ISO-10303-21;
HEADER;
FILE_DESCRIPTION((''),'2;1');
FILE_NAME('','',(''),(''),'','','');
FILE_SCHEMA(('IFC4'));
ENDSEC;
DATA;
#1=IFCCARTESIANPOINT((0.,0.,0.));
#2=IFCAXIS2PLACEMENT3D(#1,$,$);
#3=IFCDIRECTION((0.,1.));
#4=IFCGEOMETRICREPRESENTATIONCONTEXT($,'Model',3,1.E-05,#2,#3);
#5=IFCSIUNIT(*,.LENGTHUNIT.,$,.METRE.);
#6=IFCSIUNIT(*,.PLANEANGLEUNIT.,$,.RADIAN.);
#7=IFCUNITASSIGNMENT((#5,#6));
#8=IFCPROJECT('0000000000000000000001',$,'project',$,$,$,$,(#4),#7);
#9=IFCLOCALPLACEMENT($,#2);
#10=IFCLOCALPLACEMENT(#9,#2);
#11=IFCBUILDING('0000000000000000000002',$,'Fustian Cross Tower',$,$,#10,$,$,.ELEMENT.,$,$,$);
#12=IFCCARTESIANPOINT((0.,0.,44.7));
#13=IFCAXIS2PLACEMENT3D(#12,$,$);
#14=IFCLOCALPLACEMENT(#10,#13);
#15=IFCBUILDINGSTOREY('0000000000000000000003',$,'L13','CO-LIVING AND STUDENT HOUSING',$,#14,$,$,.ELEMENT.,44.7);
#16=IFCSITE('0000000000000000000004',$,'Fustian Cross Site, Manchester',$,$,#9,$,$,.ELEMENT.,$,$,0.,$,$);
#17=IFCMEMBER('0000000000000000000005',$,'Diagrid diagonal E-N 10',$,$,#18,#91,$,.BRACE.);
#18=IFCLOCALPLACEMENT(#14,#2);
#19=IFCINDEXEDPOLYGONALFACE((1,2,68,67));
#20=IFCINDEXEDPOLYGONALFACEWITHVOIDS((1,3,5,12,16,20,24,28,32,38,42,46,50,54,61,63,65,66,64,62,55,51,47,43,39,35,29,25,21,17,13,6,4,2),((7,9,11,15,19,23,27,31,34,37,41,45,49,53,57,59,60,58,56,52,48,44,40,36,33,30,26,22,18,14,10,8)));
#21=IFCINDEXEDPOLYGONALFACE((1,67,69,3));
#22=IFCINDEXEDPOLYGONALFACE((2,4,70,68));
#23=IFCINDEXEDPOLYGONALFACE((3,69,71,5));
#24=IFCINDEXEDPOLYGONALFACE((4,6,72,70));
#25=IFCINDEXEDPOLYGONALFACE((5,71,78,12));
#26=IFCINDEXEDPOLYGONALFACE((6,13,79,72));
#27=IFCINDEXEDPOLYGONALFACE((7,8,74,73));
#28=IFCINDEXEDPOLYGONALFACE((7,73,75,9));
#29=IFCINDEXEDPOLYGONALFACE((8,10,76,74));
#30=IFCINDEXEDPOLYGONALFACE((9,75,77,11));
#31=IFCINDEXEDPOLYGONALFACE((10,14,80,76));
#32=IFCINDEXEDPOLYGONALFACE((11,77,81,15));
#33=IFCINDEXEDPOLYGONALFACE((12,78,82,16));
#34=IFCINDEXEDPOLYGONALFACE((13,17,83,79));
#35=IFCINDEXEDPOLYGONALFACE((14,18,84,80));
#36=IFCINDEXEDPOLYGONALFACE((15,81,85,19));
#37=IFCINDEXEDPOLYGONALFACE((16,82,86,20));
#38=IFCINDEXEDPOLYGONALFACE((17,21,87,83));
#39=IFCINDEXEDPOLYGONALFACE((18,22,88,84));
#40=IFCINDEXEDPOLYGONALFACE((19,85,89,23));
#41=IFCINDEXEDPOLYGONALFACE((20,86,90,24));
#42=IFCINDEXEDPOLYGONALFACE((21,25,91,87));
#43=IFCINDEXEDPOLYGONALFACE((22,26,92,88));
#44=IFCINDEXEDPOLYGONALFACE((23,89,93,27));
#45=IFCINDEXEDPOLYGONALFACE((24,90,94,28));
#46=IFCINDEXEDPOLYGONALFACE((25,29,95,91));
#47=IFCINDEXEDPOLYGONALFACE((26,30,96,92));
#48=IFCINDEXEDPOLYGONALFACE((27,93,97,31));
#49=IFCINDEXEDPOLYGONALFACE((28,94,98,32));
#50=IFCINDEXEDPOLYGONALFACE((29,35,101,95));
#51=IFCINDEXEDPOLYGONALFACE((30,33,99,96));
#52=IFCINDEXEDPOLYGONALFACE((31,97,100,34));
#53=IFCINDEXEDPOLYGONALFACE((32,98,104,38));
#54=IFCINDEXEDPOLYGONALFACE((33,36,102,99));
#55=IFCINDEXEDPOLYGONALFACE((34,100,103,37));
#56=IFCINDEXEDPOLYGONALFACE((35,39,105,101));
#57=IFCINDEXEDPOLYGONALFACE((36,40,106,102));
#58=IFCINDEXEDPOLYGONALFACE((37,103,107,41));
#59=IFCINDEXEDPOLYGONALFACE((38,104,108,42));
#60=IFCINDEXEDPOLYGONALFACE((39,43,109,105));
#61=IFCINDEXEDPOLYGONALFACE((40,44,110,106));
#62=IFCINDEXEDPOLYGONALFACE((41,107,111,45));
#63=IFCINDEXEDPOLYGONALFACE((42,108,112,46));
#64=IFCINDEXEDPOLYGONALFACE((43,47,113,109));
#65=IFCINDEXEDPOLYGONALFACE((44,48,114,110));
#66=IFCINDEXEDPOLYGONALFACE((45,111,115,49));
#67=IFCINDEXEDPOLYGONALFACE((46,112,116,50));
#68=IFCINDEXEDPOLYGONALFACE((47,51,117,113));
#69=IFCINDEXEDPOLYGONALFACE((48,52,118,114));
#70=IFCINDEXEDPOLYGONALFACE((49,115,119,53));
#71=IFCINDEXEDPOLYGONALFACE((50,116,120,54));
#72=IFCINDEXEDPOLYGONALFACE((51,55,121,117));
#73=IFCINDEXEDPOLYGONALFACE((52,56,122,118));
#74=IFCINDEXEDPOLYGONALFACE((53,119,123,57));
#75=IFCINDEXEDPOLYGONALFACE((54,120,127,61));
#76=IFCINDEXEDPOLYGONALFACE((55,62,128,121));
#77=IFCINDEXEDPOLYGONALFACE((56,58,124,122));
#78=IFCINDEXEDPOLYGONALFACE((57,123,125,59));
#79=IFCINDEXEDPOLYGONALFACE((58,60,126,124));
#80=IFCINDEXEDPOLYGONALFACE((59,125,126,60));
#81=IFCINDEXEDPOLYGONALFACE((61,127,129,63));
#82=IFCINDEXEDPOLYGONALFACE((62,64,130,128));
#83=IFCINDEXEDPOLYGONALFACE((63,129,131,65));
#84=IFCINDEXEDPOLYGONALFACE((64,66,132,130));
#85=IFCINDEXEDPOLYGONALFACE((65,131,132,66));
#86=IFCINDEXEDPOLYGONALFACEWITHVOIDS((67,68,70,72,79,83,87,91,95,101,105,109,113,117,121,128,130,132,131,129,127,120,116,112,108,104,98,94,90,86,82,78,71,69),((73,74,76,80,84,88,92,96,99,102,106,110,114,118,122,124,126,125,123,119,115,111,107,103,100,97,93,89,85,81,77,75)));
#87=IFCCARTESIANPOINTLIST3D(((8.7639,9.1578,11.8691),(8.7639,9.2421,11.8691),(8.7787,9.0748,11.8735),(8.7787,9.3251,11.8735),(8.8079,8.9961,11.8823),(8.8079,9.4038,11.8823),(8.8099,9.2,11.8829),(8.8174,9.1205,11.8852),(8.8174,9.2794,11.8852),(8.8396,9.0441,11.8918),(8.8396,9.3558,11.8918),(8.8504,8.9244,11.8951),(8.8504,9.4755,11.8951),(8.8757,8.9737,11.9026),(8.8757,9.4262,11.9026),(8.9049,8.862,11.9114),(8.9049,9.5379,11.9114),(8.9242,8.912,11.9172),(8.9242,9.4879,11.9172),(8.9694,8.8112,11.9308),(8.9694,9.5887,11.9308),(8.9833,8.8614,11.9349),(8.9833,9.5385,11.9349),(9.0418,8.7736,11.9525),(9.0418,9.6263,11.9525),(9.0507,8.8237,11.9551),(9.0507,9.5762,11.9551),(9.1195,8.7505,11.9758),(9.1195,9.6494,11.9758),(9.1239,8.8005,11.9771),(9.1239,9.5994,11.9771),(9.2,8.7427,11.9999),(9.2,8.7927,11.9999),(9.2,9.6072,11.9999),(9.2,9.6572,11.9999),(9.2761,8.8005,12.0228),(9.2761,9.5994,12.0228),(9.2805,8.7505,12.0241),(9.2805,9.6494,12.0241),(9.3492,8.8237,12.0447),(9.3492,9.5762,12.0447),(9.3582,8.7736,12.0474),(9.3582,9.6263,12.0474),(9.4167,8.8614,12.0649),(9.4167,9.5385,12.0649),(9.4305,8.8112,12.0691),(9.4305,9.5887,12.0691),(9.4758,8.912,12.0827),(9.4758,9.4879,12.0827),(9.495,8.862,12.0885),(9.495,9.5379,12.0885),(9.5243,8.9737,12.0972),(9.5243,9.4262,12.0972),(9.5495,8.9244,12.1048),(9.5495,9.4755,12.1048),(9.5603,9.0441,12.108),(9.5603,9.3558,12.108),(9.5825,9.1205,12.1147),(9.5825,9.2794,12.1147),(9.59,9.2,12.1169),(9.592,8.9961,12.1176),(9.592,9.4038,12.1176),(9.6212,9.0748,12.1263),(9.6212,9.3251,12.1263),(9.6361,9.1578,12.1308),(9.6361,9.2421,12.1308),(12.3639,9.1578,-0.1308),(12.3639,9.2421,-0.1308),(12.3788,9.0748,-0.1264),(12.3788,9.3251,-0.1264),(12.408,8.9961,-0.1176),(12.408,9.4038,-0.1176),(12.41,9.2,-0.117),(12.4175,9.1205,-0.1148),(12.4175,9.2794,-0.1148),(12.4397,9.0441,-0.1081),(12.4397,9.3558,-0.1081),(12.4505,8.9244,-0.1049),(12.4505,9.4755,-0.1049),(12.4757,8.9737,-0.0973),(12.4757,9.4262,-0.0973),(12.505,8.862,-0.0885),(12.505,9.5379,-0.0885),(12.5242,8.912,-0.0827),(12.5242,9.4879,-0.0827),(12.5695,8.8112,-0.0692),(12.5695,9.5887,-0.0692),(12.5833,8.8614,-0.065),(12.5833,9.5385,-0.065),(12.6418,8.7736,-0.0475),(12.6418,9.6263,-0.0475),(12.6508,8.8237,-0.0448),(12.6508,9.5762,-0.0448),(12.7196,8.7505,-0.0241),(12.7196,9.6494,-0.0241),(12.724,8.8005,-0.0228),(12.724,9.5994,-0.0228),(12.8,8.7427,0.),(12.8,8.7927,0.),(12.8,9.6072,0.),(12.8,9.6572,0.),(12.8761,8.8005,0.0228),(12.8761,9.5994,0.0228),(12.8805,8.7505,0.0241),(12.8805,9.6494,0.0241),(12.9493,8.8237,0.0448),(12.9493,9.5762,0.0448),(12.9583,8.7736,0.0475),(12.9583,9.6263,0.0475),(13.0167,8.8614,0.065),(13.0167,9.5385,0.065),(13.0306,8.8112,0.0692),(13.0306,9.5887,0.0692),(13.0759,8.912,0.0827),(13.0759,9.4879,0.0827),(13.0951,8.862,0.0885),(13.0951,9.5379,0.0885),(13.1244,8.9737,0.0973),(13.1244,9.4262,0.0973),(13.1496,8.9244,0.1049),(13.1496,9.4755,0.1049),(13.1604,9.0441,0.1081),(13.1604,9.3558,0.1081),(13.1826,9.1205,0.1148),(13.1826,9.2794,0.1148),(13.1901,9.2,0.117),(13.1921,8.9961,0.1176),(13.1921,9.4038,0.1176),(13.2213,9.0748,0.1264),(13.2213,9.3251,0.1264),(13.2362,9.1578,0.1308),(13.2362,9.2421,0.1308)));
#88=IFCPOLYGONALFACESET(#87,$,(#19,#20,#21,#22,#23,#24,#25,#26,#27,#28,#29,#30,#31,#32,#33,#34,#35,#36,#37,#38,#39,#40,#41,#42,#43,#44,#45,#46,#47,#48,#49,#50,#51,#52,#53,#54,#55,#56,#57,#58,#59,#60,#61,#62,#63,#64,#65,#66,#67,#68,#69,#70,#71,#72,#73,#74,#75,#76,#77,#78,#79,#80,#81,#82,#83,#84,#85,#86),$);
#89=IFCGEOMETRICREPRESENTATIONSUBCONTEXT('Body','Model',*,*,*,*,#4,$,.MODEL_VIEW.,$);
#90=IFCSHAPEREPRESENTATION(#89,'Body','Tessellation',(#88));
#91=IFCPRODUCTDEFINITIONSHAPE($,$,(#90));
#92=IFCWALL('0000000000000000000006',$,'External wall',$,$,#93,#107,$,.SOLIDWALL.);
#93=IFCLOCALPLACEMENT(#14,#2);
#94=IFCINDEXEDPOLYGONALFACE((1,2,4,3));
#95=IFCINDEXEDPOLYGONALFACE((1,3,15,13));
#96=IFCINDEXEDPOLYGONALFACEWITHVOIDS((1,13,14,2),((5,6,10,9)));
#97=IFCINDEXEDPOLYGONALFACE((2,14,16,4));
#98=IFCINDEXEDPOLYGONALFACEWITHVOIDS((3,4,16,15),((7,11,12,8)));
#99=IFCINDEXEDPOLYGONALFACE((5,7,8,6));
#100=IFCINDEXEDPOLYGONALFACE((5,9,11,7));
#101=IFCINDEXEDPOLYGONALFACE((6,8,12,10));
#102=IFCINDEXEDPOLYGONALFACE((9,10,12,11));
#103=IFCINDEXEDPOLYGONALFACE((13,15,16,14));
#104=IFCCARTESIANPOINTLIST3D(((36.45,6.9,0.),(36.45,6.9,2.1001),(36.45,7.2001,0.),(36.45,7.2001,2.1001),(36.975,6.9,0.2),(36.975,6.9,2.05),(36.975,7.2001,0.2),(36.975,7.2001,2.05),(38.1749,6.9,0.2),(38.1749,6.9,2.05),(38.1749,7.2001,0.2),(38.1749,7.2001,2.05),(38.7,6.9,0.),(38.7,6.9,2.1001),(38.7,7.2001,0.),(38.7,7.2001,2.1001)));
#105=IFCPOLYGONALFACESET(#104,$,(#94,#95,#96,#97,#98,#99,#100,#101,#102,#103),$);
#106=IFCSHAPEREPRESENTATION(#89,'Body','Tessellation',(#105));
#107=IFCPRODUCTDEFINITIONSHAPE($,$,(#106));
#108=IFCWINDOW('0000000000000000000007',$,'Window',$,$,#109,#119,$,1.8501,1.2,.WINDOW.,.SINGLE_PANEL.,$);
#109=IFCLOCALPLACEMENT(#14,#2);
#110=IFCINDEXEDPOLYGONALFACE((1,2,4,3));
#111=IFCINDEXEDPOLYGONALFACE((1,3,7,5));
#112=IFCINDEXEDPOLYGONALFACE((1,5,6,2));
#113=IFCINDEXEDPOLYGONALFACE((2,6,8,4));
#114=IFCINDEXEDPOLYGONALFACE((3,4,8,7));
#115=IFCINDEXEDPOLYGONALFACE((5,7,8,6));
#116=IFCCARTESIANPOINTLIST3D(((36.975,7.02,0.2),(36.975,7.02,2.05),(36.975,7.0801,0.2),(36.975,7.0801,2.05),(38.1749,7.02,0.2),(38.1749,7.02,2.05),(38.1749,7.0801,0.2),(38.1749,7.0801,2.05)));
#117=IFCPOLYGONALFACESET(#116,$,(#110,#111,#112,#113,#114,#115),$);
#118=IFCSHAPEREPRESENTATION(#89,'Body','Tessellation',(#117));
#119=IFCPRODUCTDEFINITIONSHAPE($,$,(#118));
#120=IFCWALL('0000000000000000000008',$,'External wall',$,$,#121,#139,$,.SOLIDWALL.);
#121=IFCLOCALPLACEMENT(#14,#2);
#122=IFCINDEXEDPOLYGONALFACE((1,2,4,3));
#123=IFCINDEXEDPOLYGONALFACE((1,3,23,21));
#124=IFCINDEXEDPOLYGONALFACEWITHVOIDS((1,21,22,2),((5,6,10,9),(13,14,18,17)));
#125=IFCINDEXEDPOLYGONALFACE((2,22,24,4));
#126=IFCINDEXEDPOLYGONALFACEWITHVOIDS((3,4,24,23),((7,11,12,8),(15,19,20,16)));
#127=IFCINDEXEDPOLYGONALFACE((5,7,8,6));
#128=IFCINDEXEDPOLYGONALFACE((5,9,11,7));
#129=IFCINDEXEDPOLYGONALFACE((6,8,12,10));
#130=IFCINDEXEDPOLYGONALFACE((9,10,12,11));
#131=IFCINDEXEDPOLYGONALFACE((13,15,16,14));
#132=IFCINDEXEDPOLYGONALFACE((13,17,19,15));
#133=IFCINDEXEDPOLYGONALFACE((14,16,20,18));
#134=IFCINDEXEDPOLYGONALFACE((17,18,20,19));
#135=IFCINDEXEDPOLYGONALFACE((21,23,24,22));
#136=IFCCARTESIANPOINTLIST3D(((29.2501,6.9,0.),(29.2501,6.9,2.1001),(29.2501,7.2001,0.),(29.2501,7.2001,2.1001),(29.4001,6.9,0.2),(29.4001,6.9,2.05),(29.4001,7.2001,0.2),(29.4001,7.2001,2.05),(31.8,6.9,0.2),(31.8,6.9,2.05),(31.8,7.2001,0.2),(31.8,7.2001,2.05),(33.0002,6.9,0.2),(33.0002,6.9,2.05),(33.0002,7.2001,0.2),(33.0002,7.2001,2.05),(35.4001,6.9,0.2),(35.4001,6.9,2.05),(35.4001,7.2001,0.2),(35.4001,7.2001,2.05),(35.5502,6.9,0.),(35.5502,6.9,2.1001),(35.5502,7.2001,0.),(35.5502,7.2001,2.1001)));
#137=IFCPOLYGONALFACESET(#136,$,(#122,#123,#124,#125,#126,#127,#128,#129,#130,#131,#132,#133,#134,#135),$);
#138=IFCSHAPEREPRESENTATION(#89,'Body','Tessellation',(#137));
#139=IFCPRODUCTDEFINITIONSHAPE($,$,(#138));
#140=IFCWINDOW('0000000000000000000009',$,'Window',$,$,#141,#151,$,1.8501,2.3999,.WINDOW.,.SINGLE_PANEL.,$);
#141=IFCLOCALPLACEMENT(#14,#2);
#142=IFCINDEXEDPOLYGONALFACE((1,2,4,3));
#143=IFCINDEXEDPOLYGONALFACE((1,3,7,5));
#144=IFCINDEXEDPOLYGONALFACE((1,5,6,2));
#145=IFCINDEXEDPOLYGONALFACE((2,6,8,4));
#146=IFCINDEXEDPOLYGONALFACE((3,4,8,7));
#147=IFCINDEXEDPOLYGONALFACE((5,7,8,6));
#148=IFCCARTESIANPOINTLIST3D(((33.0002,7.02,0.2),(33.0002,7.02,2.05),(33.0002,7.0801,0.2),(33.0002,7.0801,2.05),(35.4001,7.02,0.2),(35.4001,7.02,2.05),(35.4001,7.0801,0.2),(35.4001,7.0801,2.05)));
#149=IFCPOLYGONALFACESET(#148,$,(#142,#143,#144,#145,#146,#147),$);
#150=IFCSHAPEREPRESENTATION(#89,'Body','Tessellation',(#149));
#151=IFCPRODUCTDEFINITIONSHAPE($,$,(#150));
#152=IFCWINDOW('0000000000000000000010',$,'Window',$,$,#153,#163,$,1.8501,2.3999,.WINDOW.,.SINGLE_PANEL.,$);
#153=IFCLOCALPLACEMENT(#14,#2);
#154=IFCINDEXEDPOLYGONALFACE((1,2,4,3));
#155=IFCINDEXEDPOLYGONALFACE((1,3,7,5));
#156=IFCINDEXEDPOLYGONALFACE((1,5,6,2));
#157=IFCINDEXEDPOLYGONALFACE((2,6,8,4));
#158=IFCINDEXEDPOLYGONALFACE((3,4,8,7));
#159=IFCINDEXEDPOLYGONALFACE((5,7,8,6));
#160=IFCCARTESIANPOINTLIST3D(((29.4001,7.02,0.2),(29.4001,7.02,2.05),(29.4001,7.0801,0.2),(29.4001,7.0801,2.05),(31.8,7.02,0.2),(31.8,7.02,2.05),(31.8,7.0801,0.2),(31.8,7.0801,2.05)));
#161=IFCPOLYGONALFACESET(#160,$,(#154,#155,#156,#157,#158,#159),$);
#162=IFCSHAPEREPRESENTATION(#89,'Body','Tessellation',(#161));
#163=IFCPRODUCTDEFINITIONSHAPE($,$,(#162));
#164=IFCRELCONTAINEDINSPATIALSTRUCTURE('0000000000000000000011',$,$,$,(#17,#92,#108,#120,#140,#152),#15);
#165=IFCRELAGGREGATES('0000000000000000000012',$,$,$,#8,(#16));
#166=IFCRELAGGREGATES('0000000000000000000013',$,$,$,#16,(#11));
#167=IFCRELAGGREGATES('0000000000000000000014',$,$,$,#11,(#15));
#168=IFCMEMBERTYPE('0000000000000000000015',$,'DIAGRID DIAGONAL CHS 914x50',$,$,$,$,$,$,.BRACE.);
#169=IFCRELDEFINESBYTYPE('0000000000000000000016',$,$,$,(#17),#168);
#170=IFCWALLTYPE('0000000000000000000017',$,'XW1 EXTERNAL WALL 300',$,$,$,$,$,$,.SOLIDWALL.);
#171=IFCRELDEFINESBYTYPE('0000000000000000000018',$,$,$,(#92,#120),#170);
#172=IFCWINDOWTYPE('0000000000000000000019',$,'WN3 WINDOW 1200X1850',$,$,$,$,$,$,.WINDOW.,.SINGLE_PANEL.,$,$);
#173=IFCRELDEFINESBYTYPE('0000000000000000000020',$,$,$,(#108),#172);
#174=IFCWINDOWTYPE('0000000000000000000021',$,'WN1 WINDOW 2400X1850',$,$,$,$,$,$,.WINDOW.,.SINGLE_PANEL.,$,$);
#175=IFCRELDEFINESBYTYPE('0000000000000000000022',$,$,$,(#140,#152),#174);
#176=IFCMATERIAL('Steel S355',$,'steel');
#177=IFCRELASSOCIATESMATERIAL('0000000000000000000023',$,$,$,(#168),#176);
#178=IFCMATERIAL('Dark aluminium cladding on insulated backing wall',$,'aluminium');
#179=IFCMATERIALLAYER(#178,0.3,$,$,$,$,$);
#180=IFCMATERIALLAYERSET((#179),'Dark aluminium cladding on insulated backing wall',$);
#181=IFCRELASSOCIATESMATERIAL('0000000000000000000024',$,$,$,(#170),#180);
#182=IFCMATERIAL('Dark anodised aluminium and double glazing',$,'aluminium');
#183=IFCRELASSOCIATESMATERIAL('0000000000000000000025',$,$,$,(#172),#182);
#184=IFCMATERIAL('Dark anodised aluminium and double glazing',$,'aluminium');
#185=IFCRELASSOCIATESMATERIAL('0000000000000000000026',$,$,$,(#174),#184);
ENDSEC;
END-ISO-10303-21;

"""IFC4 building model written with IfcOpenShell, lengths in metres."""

from ifc_helpers import new_model, si_unit, direction, frame, frame_2d, origin, origin_2d, place, context, subcontext, project, spatial, rectangle, hollow_circle, extrude, material, layer, layer_set, material_profile, profile_set, type_object, element, fill, save


model = new_model("IFC4")

# Units and contexts
model_context = context("Model", 3, precision=1e-05, world=origin(), true_north=direction((0.0, 1.0)))
body_context = subcontext(model_context, "Body", "Model", "MODEL_VIEW")
ifc_project = project(units=[si_unit("LENGTHUNIT", "METRE"), si_unit("PLANEANGLEUNIT", "RADIAN")], contexts=[model_context])

# Site, building, storey
site_placement = place(None, origin())
site = spatial("IfcSite", under=ifc_project, at=site_placement, Name="Fustian Cross Site, Manchester", CompositionType="ELEMENT", RefElevation=0.0)
building_placement = place(site_placement, origin())
building = spatial("IfcBuilding", under=site, at=building_placement, Name="Fustian Cross Tower", CompositionType="ELEMENT")
storey_placement = place(building_placement, frame((0.0, 0.0, 44.7)))
storey = spatial("IfcBuildingStorey", under=building, at=storey_placement, Name="L13", Description="CO-LIVING AND STUDENT HOUSING", CompositionType="ELEMENT", Elevation=44.7)

# Member
ifc_material_1 = material(Name="Steel S355", Category="steel")
ifc_material_profile_1 = material_profile(ifc_material_1, hollow_circle(Radius=0.4573, WallThickness=0.05, at=origin_2d()), Name="CHS 914x50")
ifc_profile_set_1 = profile_set([ifc_material_profile_1], Name="Steel S355")
member_type_1 = type_object("IfcMemberType", Name="DIAGRID DIAGONAL CHS 914x50", PredefinedType="BRACE", material=ifc_profile_set_1)
for number, where, z_axis, x_axis, name in (
    (1, (12.8, 9.2, 0.0), (-0.287355, 0.0, 0.957824), (0.0, -1.0, 0.0), "Diagrid diagonal E-N 10"),
):
    element("IfcMember", number, at=place(storey_placement, frame(where, z_axis=z_axis, x_axis=x_axis)), inside=storey, type_object=member_type_1, Name=name, PredefinedType="BRACE", context=body_context, shape_type="SweptSolid", body=[
        extrude(hollow_circle(Radius=0.4573, WallThickness=0.05, at=origin_2d()), origin(), (0.0, 0.0, 1.0), 12.5283),
    ])

# Wall, opening, window
ifc_material_2 = material(Name="Dark aluminium cladding on insulated backing wall", Category="aluminium")
ifc_layer = layer(ifc_material_2, 0.3)
ifc_layer_set = layer_set([ifc_layer], Name="Dark aluminium cladding on insulated backing wall")
wall_type = type_object("IfcWallType", Name="XW1 EXTERNAL WALL 300", PredefinedType="SOLIDWALL", material=ifc_layer_set)
wall_1_placement = place(storey_placement, frame((38.7, 7.05, 0.0), z_axis=(0.0, 0.0, 1.0), x_axis=(-1.0, 0.0, 0.0)))
wall_1 = element("IfcWall", 2, at=wall_1_placement, inside=storey, type_object=wall_type, Name="External wall", PredefinedType="SOLIDWALL", context=body_context, shape_type="SweptSolid", body=[
    extrude(rectangle(XDim=2.25, YDim=0.3, at=frame_2d((1.125, 0.0))), origin(), (0.0, 0.0, 1.0), 2.1001),
])
opening_1_placement = place(wall_1_placement, frame((0.5249, 0.0, 0.2)))
opening_1 = element("IfcOpeningElement", 3, at=opening_1_placement, cuts=wall_1, PredefinedType="OPENING", context=body_context, shape_type="SweptSolid", body=[
    extrude(rectangle(XDim=1.2, YDim=1.8501, at=frame_2d((0.6001, 0.925))), frame((0.0, 0.1599, 0.0), z_axis=(0.0, -1.0, 0.0), x_axis=(1.0, 0.0, 0.0)), (0.0, 0.0, 1.0), 0.3201),
])
ifc_material_3 = material(Name="Dark anodised aluminium and double glazing", Category="aluminium")
window_type_1 = type_object("IfcWindowType", Name="WN3 WINDOW 1200X1850", PartitioningType="SINGLE_PANEL", PredefinedType="WINDOW", material=ifc_material_3)
window_1_placement = place(opening_1_placement, origin())
window_1 = element("IfcWindow", 4, at=window_1_placement, inside=storey, type_object=window_type_1, Name="Window", OverallHeight=1.8501, OverallWidth=1.2, PartitioningType="SINGLE_PANEL", PredefinedType="WINDOW", context=body_context, shape_type="SweptSolid", body=[
    extrude(rectangle(XDim=1.2, YDim=1.8501, at=frame_2d((0.6001, 0.925))), frame((0.0, 0.03, 0.0), z_axis=(0.0, -1.0, 0.0), x_axis=(1.0, 0.0, 0.0)), (0.0, 0.0, 1.0), 0.0601),
])
fill(opening_1, window_1)

# Wall, openings, windows
wall_2_placement = place(storey_placement, frame((35.55, 7.05, 0.0), z_axis=(0.0, 0.0, 1.0), x_axis=(-1.0, 0.0, 0.0)))
wall_2 = element("IfcWall", 5, at=wall_2_placement, inside=storey, type_object=wall_type, Name="External wall", PredefinedType="SOLIDWALL", context=body_context, shape_type="SweptSolid", body=[
    extrude(rectangle(XDim=6.3, YDim=0.3, at=frame_2d((3.1499, 0.0))), origin(), (0.0, 0.0, 1.0), 2.1001),
])
opening_2_placement = place(wall_2_placement, frame((0.1499, 0.0, 0.2)))
opening_2 = element("IfcOpeningElement", 6, at=opening_2_placement, cuts=wall_2, PredefinedType="OPENING", context=body_context, shape_type="SweptSolid", body=[
    extrude(rectangle(XDim=2.3999, YDim=1.8501, at=frame_2d((1.2, 0.925))), frame((0.0, 0.1599, 0.0), z_axis=(0.0, -1.0, 0.0), x_axis=(1.0, 0.0, 0.0)), (0.0, 0.0, 1.0), 0.3201),
])
opening_3_placement = place(wall_2_placement, frame((3.75, 0.0, 0.2)))
opening_3 = element("IfcOpeningElement", 7, at=opening_3_placement, cuts=wall_2, PredefinedType="OPENING", context=body_context, shape_type="SweptSolid", body=[
    extrude(rectangle(XDim=2.3999, YDim=1.8501, at=frame_2d((1.2, 0.925))), frame((0.0, 0.1599, 0.0), z_axis=(0.0, -1.0, 0.0), x_axis=(1.0, 0.0, 0.0)), (0.0, 0.0, 1.0), 0.3201),
])
ifc_material_4 = material(Name="Dark anodised aluminium and double glazing", Category="aluminium")
window_type_2 = type_object("IfcWindowType", Name="WN1 WINDOW 2400X1850", PartitioningType="SINGLE_PANEL", PredefinedType="WINDOW", material=ifc_material_4)
window_2_placement = place(opening_2_placement, origin())
window_2 = element("IfcWindow", 8, at=window_2_placement, inside=storey, type_object=window_type_2, Name="Window", OverallHeight=1.8501, OverallWidth=2.3999, PartitioningType="SINGLE_PANEL", PredefinedType="WINDOW", context=body_context, shape_type="SweptSolid", body=[
    extrude(rectangle(XDim=2.3999, YDim=1.8501, at=frame_2d((1.2, 0.925))), frame((0.0, 0.03, 0.0), z_axis=(0.0, -1.0, 0.0), x_axis=(1.0, 0.0, 0.0)), (0.0, 0.0, 1.0), 0.0601),
])
fill(opening_2, window_2)
window_3_placement = place(opening_3_placement, origin())
window_3 = element("IfcWindow", 9, at=window_3_placement, inside=storey, type_object=window_type_2, Name="Window", OverallHeight=1.8501, OverallWidth=2.3999, PartitioningType="SINGLE_PANEL", PredefinedType="WINDOW", context=body_context, shape_type="SweptSolid", body=[
    extrude(rectangle(XDim=2.3999, YDim=1.8501, at=frame_2d((1.2, 0.925))), frame((0.0, 0.03, 0.0), z_axis=(0.0, -1.0, 0.0), x_axis=(1.0, 0.0, 0.0)), (0.0, 0.0, 1.0), 0.0601),
])
fill(opening_3, window_3)

save(model, "model.ifc")
